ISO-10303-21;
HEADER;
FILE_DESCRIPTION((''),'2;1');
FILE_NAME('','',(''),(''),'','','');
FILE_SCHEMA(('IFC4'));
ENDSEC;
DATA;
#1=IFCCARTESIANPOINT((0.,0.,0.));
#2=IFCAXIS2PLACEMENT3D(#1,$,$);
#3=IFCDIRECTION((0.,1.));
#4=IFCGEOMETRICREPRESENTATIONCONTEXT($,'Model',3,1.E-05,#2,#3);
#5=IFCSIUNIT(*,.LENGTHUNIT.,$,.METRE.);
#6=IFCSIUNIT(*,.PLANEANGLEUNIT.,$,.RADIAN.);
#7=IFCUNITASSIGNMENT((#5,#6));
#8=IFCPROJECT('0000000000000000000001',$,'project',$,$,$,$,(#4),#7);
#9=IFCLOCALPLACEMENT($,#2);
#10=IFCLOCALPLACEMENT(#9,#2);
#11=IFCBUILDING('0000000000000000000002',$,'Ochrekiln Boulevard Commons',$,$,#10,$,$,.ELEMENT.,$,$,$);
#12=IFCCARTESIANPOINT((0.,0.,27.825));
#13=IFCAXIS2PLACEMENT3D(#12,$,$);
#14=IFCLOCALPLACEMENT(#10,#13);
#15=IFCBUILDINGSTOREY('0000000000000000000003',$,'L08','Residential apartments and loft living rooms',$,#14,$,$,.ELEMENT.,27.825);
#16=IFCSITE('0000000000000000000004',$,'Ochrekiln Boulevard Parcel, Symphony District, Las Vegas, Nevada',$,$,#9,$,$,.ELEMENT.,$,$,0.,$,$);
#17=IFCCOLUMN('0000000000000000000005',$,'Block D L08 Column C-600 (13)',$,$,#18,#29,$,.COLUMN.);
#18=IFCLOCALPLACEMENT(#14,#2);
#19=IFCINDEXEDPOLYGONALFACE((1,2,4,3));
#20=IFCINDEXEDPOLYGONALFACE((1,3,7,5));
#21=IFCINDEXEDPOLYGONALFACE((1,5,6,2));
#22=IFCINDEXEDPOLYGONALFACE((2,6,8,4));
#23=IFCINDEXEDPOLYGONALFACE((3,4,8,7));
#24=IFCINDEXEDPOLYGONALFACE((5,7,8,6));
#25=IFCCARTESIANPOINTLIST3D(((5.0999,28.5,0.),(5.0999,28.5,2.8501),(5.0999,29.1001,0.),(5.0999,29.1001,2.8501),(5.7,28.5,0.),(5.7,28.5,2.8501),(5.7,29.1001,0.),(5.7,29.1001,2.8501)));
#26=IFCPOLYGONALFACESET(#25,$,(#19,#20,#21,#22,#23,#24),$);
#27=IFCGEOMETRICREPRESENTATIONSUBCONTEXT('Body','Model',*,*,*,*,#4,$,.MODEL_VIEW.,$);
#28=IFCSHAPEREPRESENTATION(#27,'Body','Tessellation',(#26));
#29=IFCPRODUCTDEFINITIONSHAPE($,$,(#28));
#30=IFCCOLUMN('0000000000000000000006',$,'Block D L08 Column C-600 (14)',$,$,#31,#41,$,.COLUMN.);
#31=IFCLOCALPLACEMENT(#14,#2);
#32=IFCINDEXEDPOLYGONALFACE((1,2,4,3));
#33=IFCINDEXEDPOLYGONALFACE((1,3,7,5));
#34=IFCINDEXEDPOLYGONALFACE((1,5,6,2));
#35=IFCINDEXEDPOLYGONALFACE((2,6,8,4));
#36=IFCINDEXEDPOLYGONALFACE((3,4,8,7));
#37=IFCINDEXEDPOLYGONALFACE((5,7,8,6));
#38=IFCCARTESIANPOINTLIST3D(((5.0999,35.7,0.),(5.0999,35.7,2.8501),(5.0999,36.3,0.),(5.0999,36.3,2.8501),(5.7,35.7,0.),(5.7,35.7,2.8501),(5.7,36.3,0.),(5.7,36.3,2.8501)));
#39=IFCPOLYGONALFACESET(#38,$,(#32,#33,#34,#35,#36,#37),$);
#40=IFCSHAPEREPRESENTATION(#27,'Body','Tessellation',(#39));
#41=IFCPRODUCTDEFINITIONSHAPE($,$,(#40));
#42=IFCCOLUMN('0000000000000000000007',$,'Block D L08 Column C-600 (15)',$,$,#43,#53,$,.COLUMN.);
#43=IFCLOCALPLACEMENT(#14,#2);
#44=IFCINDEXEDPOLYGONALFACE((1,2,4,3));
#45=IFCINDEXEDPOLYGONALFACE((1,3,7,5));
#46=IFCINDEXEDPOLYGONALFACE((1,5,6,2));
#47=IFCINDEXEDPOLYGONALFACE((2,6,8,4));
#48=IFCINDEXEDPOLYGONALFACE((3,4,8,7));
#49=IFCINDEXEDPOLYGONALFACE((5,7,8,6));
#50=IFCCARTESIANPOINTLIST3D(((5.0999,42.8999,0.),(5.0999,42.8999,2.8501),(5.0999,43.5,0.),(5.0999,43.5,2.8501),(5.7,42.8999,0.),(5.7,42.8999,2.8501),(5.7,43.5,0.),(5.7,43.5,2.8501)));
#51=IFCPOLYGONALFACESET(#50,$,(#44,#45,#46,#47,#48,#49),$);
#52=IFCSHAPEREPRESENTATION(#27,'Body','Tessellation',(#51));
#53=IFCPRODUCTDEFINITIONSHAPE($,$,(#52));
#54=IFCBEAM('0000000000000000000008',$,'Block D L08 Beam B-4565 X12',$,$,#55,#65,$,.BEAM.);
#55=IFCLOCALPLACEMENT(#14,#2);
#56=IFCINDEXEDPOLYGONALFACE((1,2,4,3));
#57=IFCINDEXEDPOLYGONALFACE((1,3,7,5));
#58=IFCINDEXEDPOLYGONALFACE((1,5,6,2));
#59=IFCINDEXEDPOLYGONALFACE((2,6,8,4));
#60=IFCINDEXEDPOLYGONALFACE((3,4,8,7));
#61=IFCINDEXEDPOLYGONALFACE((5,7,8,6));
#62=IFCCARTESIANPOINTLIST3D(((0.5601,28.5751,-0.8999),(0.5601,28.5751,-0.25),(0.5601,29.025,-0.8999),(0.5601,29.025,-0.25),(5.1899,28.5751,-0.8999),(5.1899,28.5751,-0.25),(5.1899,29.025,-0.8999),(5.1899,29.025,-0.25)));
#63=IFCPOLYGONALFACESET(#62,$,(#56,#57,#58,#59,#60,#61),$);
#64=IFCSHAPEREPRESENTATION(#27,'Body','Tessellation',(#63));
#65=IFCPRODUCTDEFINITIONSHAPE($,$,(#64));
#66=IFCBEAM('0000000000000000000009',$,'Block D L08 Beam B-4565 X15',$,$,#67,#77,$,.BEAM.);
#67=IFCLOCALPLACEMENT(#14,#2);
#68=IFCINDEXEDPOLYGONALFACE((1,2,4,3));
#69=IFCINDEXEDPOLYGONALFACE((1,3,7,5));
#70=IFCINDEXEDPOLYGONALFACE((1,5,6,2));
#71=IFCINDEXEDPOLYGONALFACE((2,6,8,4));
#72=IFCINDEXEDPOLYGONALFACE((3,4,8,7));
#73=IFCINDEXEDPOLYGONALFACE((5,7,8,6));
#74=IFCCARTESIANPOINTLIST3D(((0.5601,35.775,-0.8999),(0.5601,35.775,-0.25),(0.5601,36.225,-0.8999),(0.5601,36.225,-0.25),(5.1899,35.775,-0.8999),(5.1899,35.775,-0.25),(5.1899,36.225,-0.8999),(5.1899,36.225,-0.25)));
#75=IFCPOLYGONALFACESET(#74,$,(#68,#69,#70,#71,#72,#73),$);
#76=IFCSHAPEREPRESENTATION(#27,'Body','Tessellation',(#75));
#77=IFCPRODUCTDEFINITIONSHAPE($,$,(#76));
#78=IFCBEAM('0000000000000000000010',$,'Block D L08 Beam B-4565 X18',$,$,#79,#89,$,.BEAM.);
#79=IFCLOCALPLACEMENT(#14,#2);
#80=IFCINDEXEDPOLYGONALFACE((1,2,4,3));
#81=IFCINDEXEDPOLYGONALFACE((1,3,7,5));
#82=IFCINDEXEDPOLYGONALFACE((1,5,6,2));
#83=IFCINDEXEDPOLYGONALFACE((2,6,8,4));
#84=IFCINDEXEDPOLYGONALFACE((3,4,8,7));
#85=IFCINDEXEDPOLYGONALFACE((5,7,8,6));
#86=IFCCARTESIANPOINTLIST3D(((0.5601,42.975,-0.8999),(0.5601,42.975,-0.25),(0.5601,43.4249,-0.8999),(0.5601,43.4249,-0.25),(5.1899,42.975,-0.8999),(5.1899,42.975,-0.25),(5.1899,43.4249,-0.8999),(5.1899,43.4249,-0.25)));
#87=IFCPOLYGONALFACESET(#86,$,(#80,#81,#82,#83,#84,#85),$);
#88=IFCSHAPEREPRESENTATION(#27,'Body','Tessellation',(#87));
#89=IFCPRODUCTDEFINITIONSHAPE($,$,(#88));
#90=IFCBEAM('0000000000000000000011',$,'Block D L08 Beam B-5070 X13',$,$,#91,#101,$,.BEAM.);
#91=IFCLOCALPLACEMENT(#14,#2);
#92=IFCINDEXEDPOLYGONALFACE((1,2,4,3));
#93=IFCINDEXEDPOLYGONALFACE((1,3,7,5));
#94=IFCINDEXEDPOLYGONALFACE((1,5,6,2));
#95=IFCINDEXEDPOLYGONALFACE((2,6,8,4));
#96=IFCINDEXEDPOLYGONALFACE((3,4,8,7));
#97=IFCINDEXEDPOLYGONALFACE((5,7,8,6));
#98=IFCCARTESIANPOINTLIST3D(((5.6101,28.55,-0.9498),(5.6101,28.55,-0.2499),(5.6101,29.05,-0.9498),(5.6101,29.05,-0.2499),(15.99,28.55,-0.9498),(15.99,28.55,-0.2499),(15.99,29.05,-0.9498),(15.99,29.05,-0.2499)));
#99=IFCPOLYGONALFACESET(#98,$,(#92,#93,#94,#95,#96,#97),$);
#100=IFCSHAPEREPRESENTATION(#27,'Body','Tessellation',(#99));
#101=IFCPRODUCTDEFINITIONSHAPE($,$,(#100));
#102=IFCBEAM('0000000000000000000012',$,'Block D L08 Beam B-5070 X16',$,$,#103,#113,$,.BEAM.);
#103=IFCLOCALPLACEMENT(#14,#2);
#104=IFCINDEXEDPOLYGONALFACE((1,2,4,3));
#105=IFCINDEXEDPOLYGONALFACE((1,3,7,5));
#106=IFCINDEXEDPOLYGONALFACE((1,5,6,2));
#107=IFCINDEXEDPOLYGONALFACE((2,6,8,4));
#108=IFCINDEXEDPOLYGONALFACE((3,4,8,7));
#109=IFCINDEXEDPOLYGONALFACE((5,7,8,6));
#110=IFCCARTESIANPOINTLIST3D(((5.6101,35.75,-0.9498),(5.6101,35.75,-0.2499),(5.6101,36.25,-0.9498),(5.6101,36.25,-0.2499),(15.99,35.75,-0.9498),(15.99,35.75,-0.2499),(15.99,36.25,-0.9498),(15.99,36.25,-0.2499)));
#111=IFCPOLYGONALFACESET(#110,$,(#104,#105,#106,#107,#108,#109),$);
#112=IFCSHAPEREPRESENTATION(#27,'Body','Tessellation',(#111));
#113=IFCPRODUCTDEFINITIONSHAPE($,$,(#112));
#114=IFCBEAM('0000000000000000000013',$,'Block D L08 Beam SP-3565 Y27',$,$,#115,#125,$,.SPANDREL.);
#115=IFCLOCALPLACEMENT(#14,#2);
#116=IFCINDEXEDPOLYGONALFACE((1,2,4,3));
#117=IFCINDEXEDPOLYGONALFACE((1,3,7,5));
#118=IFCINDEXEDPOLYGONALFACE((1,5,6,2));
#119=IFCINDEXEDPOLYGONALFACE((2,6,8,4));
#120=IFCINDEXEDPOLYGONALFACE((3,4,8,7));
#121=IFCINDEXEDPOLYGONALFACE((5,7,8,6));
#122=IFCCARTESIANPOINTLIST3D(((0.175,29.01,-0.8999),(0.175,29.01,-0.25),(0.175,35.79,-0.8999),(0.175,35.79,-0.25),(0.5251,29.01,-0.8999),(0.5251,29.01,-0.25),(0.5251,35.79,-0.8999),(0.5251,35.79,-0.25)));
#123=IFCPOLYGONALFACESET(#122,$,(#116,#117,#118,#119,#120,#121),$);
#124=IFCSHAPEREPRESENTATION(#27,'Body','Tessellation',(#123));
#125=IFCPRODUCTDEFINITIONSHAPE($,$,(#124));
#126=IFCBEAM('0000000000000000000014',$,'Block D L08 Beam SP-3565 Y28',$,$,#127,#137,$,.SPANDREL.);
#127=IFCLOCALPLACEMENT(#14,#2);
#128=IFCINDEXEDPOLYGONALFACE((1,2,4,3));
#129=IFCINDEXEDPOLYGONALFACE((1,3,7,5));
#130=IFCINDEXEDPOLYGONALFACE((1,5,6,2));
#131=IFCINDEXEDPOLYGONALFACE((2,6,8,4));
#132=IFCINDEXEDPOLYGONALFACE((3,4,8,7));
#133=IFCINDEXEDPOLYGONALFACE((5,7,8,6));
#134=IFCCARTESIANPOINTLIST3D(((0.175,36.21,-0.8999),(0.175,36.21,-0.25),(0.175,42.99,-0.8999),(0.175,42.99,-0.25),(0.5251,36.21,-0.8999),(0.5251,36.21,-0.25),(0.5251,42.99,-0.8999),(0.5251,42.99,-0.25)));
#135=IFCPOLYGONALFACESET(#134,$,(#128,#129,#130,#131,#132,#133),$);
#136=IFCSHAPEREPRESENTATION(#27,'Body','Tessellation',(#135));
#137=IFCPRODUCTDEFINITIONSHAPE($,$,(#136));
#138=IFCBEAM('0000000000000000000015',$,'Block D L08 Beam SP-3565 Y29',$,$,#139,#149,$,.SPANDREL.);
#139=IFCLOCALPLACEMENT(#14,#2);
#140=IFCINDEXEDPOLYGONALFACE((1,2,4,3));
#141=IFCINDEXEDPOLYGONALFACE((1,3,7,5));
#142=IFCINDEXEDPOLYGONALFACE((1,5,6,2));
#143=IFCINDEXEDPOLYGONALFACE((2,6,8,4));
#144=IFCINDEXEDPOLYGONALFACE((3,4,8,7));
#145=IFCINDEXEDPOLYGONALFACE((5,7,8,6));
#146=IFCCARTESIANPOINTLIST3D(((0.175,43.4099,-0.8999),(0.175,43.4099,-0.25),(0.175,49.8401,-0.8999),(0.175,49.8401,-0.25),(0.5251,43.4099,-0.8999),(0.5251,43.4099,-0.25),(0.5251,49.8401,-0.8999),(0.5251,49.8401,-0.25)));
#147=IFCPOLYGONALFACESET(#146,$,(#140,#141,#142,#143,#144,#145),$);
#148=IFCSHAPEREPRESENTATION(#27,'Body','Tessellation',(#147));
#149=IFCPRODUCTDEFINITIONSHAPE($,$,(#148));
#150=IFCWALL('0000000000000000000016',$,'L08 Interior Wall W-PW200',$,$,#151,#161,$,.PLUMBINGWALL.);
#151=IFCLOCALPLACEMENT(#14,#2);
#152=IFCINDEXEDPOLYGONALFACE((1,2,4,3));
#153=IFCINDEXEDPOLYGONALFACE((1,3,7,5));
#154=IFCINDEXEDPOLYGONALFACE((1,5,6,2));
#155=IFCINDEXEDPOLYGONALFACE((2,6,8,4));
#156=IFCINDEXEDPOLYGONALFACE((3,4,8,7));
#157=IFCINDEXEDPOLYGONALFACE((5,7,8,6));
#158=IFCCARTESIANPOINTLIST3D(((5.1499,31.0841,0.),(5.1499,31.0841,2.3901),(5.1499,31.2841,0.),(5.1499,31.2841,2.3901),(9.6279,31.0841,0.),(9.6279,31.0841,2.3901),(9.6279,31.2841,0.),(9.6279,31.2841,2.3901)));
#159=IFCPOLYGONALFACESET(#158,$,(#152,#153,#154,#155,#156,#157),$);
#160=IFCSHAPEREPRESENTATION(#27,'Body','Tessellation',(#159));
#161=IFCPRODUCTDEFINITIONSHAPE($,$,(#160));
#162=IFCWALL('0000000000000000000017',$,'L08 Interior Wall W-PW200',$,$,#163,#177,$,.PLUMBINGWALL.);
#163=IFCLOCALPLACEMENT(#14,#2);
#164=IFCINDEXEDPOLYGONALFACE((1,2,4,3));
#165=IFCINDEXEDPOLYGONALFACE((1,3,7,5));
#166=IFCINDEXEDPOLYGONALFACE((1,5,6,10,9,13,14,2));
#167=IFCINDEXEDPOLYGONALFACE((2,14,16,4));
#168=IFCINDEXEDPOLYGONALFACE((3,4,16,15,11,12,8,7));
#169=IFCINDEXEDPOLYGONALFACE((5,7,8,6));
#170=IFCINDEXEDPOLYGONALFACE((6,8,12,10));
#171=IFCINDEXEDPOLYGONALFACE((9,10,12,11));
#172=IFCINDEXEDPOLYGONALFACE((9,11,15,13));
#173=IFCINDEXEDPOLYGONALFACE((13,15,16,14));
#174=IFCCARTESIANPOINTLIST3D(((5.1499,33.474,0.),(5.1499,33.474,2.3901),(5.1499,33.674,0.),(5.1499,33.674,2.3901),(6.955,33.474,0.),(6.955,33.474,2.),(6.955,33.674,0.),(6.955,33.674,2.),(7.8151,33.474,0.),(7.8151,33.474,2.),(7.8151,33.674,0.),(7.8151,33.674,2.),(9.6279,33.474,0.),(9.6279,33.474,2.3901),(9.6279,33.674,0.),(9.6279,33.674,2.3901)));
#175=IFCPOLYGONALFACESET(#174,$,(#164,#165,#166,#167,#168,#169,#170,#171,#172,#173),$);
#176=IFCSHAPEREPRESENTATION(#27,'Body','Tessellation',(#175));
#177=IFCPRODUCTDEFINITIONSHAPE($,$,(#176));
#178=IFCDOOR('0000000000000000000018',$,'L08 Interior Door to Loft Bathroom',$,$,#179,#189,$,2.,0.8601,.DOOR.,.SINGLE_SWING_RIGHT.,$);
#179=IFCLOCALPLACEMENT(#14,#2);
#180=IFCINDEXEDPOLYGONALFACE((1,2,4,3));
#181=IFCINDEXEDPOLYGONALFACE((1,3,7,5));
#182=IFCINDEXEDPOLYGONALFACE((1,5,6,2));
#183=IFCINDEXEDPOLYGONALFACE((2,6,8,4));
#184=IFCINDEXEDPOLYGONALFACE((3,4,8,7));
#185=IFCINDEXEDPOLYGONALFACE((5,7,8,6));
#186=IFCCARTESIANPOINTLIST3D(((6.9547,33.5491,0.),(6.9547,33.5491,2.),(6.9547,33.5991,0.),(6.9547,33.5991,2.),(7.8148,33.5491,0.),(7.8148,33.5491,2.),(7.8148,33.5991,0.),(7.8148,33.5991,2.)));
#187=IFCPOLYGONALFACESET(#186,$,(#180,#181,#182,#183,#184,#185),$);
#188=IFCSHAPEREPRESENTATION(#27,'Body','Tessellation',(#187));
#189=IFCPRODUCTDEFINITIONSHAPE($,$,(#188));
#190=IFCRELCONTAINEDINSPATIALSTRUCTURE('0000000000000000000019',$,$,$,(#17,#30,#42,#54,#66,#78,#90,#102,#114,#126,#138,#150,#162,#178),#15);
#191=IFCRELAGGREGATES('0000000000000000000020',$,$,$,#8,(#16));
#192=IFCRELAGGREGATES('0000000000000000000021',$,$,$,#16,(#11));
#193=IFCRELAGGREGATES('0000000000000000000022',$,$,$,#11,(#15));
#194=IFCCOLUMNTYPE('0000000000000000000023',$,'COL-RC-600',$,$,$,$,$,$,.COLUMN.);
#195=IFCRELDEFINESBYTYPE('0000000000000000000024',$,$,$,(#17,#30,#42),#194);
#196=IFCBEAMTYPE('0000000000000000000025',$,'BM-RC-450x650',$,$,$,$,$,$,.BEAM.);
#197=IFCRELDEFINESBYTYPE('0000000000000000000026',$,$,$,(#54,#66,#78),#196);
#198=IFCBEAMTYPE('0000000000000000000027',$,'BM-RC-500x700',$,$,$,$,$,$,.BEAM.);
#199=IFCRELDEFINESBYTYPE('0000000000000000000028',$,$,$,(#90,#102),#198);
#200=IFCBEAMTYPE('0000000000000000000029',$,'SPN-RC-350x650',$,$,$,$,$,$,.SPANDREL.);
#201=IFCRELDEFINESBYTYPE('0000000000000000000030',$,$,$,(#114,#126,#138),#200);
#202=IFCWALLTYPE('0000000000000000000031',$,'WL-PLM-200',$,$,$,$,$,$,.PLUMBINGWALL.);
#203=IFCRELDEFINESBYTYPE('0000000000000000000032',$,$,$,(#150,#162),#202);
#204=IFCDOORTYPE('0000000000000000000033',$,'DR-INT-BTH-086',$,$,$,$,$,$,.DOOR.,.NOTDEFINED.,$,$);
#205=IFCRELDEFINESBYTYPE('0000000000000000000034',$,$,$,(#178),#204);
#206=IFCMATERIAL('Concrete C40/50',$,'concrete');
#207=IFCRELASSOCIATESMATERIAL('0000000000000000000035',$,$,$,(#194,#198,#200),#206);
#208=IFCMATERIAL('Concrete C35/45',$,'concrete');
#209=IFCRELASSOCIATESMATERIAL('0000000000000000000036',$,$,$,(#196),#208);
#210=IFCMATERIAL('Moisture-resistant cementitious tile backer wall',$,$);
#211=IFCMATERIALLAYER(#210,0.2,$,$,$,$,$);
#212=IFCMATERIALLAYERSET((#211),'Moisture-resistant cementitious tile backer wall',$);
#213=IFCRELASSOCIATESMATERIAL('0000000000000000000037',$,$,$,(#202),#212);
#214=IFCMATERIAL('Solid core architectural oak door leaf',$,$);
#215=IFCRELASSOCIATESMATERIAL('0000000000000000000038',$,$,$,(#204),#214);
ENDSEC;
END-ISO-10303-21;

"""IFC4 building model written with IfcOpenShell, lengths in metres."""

from ifc_helpers import new_model, si_unit, direction, frame, frame_2d, origin, origin_2d, place, context, subcontext, project, spatial, rectangle, extrude, material, layer, layer_set, material_profile, profile_set, type_object, element, fill, save


model = new_model("IFC4")

# Units and contexts
model_context = context("Model", 3, precision=1e-05, world=origin(), true_north=direction((0.0, 1.0)))
body_context = subcontext(model_context, "Body", "Model", "MODEL_VIEW")
ifc_project = project(units=[si_unit("LENGTHUNIT", "METRE"), si_unit("PLANEANGLEUNIT", "RADIAN")], contexts=[model_context])

# Site, building, storey
site_placement = place(None, origin())
site = spatial("IfcSite", under=ifc_project, at=site_placement, Name="Ochrekiln Boulevard Parcel, Symphony District, Las Vegas, Nevada", CompositionType="ELEMENT", RefElevation=0.0)
building_placement = place(site_placement, origin())
building = spatial("IfcBuilding", under=site, at=building_placement, Name="Ochrekiln Boulevard Commons", CompositionType="ELEMENT")
storey_placement = place(building_placement, frame((0.0, 0.0, 27.825)))
storey = spatial("IfcBuildingStorey", under=building, at=storey_placement, Name="L08", Description="Residential apartments and loft living rooms", CompositionType="ELEMENT", Elevation=27.825)

# Columns
ifc_material_1 = material(Name="Concrete C40/50", Category="concrete")
ifc_material_profile_1 = material_profile(ifc_material_1, rectangle(XDim=0.6001, YDim=0.6001, at=origin_2d()), Name="RC-COL-600x600")
ifc_profile_set_1 = profile_set([ifc_material_profile_1], Name="Concrete C40/50")
column_type = type_object("IfcColumnType", Name="COL-RC-600", PredefinedType="COLUMN", material=ifc_profile_set_1)
for number, where, z_axis, x_axis, name in (
    (1, (5.3999, 28.8, 0.0), (0.0, 0.0, 1.0), (1.0, 0.0, 0.0), "Block D L08 Column C-600 (13)"),
    (2, (5.3999, 36.0, 0.0), (0.0, 0.0, 1.0), (1.0, 0.0, 0.0), "Block D L08 Column C-600 (14)"),
    (3, (5.3999, 43.2, 0.0), (0.0, 0.0, 1.0), (1.0, 0.0, 0.0), "Block D L08 Column C-600 (15)"),
):
    element("IfcColumn", number, at=place(storey_placement, frame(where, z_axis=z_axis, x_axis=x_axis)), inside=storey, type_object=column_type, Name=name, PredefinedType="COLUMN", context=body_context, shape_type="SweptSolid", body=[
        extrude(rectangle(XDim=0.6001, YDim=0.6001, at=origin_2d()), origin(), (0.0, 0.0, 1.0), 2.8501),
    ])

# Beams
ifc_material_2 = material(Name="Concrete C35/45", Category="concrete")
ifc_material_profile_2 = material_profile(ifc_material_2, rectangle(XDim=0.45, YDim=0.6499, at=origin_2d()), Name="RC-BM-450x650")
ifc_profile_set_2 = profile_set([ifc_material_profile_2], Name="Concrete C35/45")
beam_type_1 = type_object("IfcBeamType", Name="BM-RC-450x650", PredefinedType="BEAM", material=ifc_profile_set_2)
for number, where, z_axis, x_axis, name in (
    (4, (0.5601, 28.8, -0.575), (1.0, 0.0, 0.0), (0.0, 1.0, 0.0), "Block D L08 Beam B-4565 X12"),
    (5, (0.5601, 36.0, -0.575), (1.0, 0.0, 0.0), (0.0, 1.0, 0.0), "Block D L08 Beam B-4565 X15"),
    (6, (0.5601, 43.2, -0.575), (1.0, 0.0, 0.0), (0.0, 1.0, 0.0), "Block D L08 Beam B-4565 X18"),
):
    element("IfcBeam", number, at=place(storey_placement, frame(where, z_axis=z_axis, x_axis=x_axis)), inside=storey, type_object=beam_type_1, Name=name, PredefinedType="BEAM", context=body_context, shape_type="SweptSolid", body=[
        extrude(rectangle(XDim=0.45, YDim=0.6499, at=origin_2d()), origin(), (0.0, 0.0, 1.0), 4.6299),
    ])
ifc_material_profile_3 = material_profile(ifc_material_1, rectangle(XDim=0.5, YDim=0.7, at=origin_2d()), Name="RC-BM-500x700")
ifc_profile_set_3 = profile_set([ifc_material_profile_3], Name="Concrete C40/50")
beam_type_2 = type_object("IfcBeamType", Name="BM-RC-500x700", PredefinedType="BEAM", material=ifc_profile_set_3)
for number, where, z_axis, x_axis, name in (
    (7, (5.6101, 28.8, -0.5999), (1.0, 0.0, 0.0), (0.0, 1.0, 0.0), "Block D L08 Beam B-5070 X13"),
    (8, (5.6101, 36.0, -0.5999), (1.0, 0.0, 0.0), (0.0, 1.0, 0.0), "Block D L08 Beam B-5070 X16"),
):
    element("IfcBeam", number, at=place(storey_placement, frame(where, z_axis=z_axis, x_axis=x_axis)), inside=storey, type_object=beam_type_2, Name=name, PredefinedType="BEAM", context=body_context, shape_type="SweptSolid", body=[
        extrude(rectangle(XDim=0.5, YDim=0.7, at=origin_2d()), origin(), (0.0, 0.0, 1.0), 10.3799),
    ])
ifc_material_profile_4 = material_profile(ifc_material_1, rectangle(XDim=0.3501, YDim=0.6499, at=origin_2d()), Name="RC-SPN-350x650")
ifc_profile_set_4 = profile_set([ifc_material_profile_4], Name="Concrete C40/50")
beam_type_3 = type_object("IfcBeamType", Name="SPN-RC-350x650", PredefinedType="SPANDREL", material=ifc_profile_set_4)
for number, where, z_axis, x_axis, name in (
    (9, (0.3501, 29.01, -0.575), (0.0, 1.0, 0.0), (-1.0, 0.0, 0.0), "Block D L08 Beam SP-3565 Y27"),
    (10, (0.3501, 36.21, -0.575), (0.0, 1.0, 0.0), (-1.0, 0.0, 0.0), "Block D L08 Beam SP-3565 Y28"),
):
    element("IfcBeam", number, at=place(storey_placement, frame(where, z_axis=z_axis, x_axis=x_axis)), inside=storey, type_object=beam_type_3, Name=name, PredefinedType="SPANDREL", context=body_context, shape_type="SweptSolid", body=[
        extrude(rectangle(XDim=0.3501, YDim=0.6499, at=origin_2d()), origin(), (0.0, 0.0, 1.0), 6.78),
    ])
beam_placement = place(storey_placement, frame((0.3501, 43.4099, -0.575), z_axis=(0.0, 1.0, 0.0), x_axis=(-1.0, 0.0, 0.0)))
element("IfcBeam", 11, at=beam_placement, inside=storey, type_object=beam_type_3, Name="Block D L08 Beam SP-3565 Y29", PredefinedType="SPANDREL", context=body_context, shape_type="SweptSolid", body=[
    extrude(rectangle(XDim=0.3501, YDim=0.6499, at=origin_2d()), origin(), (0.0, 0.0, 1.0), 6.4302),
])

# Wall
ifc_material_3 = material(Name="Moisture-resistant cementitious tile backer wall")
ifc_layer_1 = layer(ifc_material_3, 0.2)
ifc_layer_set_1 = layer_set([ifc_layer_1], Name="Moisture-resistant cementitious tile backer wall")
wall_type_1 = type_object("IfcWallType", Name="WL-PLM-200", PredefinedType="PLUMBINGWALL", material=ifc_layer_set_1)
wall_1_placement = place(storey_placement, frame((5.1499, 31.1841, 0.0), z_axis=(0.0, 0.0, 1.0), x_axis=(1.0, 0.0, 0.0)))
element("IfcWall", 12, at=wall_1_placement, inside=storey, type_object=wall_type_1, Name="L08 Interior Wall W-PW200", PredefinedType="PLUMBINGWALL", context=body_context, shape_type="SweptSolid", body=[
    extrude(rectangle(XDim=4.478, YDim=0.2, at=frame_2d((2.239, 0.0))), origin(), (0.0, 0.0, 1.0), 2.3901),
])

# Wall, opening, door
wall_2_placement = place(storey_placement, frame((5.1499, 33.574, 0.0), z_axis=(0.0, 0.0, 1.0), x_axis=(1.0, 0.0, 0.0)))
wall_2 = element("IfcWall", 13, at=wall_2_placement, inside=storey, type_object=wall_type_1, Name="L08 Interior Wall W-PW200", PredefinedType="PLUMBINGWALL", context=body_context, shape_type="SweptSolid", body=[
    extrude(rectangle(XDim=4.478, YDim=0.2, at=frame_2d((2.239, 0.0))), origin(), (0.0, 0.0, 1.0), 2.3901),
])
opening_1_placement = place(wall_2_placement, frame((1.8049, 0.0, 0.0)))
opening_1 = element("IfcOpeningElement", 14, at=opening_1_placement, cuts=wall_2, PredefinedType="OPENING", context=body_context, shape_type="SweptSolid", body=[
    extrude(rectangle(XDim=0.8601, YDim=2.0, at=frame_2d((0.4302, 1.0))), frame((0.0, 0.1099, 0.0), z_axis=(0.0, -1.0, 0.0), x_axis=(1.0, 0.0, 0.0)), (0.0, 0.0, 1.0), 0.22),
])
ifc_material_4 = material(Name="Solid core architectural oak door leaf")
door_type_1 = type_object("IfcDoorType", Name="DR-INT-BTH-086", OperationType="NOTDEFINED", PredefinedType="DOOR", material=ifc_material_4)
door_1_placement = place(opening_1_placement, frame((0.8601, 0.0, 0.0), z_axis=(0.0, 0.0, 1.0), x_axis=(-1.0, 0.0, 0.0)))
door_1 = element("IfcDoor", 15, at=door_1_placement, inside=storey, type_object=door_type_1, Name="L08 Interior Door to Loft Bathroom", OperationType="SINGLE_SWING_RIGHT", OverallHeight=2.0, OverallWidth=0.8601, PredefinedType="DOOR", context=body_context, shape_type="SweptSolid", body=[
    extrude(rectangle(XDim=0.8601, YDim=2.0, at=frame_2d((0.4302, 1.0))), frame((0.0, 0.0249, 0.0), z_axis=(0.0, -1.0, 0.0), x_axis=(1.0, 0.0, 0.0)), (0.0, 0.0, 1.0), 0.05),
])
fill(opening_1, door_1)

save(model, "model.ifc")
